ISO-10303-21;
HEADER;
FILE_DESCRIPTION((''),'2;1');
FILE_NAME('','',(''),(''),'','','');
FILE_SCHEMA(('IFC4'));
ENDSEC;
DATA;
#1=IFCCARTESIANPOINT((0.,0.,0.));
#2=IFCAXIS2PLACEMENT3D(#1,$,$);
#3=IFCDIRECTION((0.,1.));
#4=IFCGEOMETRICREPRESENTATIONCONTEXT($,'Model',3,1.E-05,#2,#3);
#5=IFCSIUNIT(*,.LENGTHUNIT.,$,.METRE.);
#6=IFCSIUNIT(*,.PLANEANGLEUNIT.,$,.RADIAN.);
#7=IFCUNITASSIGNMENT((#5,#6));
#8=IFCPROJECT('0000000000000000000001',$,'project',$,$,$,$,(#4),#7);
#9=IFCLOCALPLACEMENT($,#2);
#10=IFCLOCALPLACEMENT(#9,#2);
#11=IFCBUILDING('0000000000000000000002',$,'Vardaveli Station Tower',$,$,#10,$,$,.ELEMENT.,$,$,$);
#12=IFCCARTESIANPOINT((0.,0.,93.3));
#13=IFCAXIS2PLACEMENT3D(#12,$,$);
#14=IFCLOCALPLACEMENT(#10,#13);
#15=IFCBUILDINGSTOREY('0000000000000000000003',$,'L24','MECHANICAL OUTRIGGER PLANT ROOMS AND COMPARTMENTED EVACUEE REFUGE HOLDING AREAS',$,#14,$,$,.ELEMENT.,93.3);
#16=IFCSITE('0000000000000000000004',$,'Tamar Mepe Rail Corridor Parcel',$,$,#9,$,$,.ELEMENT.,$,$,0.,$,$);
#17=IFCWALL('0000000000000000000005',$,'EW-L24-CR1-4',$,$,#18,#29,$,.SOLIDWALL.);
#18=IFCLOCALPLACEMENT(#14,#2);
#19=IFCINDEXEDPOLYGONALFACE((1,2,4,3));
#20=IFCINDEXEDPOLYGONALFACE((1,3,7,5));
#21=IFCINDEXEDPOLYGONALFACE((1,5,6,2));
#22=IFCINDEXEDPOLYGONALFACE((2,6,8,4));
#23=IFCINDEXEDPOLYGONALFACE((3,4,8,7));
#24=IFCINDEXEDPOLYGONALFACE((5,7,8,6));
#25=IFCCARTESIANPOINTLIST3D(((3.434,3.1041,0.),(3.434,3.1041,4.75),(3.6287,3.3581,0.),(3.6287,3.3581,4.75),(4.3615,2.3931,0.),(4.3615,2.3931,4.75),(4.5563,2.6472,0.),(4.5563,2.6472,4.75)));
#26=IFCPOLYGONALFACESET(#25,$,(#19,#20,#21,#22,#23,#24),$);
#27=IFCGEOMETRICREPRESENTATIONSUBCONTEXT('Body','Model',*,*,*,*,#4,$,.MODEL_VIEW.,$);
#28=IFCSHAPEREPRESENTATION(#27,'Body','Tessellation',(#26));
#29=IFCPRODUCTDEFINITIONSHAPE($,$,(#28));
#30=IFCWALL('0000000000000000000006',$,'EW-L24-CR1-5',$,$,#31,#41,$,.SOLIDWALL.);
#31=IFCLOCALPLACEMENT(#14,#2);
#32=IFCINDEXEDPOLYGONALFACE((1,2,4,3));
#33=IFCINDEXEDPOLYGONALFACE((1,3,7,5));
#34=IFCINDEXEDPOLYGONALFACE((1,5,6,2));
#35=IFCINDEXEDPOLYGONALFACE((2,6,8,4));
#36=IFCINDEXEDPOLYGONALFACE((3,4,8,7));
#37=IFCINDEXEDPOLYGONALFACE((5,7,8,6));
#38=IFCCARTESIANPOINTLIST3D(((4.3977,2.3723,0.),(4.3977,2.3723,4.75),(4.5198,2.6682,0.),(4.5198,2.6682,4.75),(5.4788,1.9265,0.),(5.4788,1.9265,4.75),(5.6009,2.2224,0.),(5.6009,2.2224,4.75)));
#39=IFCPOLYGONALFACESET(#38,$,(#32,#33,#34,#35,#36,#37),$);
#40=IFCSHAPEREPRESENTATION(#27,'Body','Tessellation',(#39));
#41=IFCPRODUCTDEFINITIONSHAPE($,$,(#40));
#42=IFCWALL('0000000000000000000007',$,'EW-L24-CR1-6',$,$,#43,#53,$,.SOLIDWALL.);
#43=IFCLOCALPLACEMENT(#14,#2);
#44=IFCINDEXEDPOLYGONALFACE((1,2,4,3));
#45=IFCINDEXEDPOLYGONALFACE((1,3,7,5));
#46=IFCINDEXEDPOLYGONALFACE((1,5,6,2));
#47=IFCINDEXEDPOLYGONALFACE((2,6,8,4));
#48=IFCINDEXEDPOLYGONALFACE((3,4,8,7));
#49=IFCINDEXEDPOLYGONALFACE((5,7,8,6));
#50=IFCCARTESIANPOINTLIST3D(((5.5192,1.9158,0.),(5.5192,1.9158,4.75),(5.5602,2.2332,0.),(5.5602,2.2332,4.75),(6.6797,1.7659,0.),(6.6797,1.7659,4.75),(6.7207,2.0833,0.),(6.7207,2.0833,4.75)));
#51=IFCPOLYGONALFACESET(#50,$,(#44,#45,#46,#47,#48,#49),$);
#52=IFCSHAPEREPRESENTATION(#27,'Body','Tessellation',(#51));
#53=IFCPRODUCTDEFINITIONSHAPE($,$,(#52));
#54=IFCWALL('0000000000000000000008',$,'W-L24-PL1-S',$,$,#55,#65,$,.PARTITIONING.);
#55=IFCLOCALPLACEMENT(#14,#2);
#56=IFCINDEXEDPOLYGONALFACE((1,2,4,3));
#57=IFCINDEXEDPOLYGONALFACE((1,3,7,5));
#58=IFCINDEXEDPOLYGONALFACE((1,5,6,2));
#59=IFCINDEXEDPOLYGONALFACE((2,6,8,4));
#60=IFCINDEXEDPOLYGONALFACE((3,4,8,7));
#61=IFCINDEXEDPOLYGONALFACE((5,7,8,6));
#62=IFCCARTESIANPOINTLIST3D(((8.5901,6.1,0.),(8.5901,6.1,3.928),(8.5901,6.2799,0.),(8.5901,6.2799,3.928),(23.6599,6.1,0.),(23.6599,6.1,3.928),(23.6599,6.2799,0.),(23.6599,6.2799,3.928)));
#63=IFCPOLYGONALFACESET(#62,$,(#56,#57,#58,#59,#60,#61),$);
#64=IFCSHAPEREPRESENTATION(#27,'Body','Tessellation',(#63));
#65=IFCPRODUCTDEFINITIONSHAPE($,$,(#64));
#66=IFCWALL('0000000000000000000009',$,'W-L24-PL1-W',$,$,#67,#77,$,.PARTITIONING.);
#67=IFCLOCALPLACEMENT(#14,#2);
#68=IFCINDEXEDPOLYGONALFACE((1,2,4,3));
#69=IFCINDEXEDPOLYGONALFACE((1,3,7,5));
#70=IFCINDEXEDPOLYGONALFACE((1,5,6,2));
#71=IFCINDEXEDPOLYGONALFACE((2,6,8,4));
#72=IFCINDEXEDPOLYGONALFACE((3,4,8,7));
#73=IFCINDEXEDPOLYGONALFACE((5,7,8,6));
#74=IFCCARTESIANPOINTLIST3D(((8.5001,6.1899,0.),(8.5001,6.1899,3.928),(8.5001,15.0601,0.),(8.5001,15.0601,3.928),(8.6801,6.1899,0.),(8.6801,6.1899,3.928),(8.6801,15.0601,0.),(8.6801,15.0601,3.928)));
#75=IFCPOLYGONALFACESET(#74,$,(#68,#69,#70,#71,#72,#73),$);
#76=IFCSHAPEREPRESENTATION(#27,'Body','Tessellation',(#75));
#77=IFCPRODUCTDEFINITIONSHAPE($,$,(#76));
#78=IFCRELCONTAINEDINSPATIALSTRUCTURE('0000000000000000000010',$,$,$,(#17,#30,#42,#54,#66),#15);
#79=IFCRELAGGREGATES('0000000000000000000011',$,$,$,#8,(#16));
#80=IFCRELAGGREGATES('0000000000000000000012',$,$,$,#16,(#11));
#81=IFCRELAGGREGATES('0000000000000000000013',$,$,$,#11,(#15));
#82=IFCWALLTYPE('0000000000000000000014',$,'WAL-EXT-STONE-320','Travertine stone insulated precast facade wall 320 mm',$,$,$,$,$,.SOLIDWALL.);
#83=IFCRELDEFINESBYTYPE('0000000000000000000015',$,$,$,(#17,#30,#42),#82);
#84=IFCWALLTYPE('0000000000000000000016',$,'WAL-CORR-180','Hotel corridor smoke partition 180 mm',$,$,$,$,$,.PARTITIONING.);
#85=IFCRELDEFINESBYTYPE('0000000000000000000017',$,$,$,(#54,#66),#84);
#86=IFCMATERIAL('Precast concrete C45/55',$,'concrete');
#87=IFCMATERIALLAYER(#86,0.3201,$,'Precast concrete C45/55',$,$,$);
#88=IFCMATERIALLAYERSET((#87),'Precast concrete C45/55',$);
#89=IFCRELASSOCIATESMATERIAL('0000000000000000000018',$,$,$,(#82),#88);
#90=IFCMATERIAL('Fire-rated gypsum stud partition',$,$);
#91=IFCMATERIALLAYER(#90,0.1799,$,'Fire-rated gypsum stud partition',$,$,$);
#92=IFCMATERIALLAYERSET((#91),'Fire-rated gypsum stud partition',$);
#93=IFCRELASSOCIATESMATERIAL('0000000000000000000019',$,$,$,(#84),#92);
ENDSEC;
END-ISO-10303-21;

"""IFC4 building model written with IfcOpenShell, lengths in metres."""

from ifc_helpers import new_model, si_unit, direction, frame, frame_2d, origin, place, context, subcontext, project, spatial, rectangle, extrude, source, transform, mapped, material, layer, layer_set, type_object, element, save


model = new_model("IFC4")

# Units and contexts
model_context = context("Model", 3, precision=1e-05, world=origin(), true_north=direction((0.0, 1.0)))
body_context = subcontext(model_context, "Body", "Model", "MODEL_VIEW")
ifc_project = project(units=[si_unit("LENGTHUNIT", "METRE"), si_unit("PLANEANGLEUNIT", "RADIAN")], contexts=[model_context])

# Site, building, storey
site_placement = place(None, origin())
site = spatial("IfcSite", under=ifc_project, at=site_placement, Name="Tamar Mepe Rail Corridor Parcel", CompositionType="ELEMENT", RefElevation=0.0)
building_placement = place(site_placement, origin())
building = spatial("IfcBuilding", under=site, at=building_placement, Name="Vardaveli Station Tower", CompositionType="ELEMENT")
storey_placement = place(building_placement, frame((0.0, 0.0, 93.3)))
storey = spatial("IfcBuildingStorey", under=building, at=storey_placement, Name="L24", Description="MECHANICAL OUTRIGGER PLANT ROOMS AND COMPARTMENTED EVACUEE REFUGE HOLDING AREAS", CompositionType="ELEMENT", Elevation=93.3)

# Walls
ifc_material_1 = material(Name="Precast concrete C45/55", Category="concrete")
ifc_layer_1 = layer(ifc_material_1, 0.3201, Name="Precast concrete C45/55")
ifc_layer_set_1 = layer_set([ifc_layer_1], Name="Precast concrete C45/55")
wall_type_1 = type_object("IfcWallType", Name="WAL-EXT-STONE-320", Description="Travertine stone insulated precast facade wall 320 mm", PredefinedType="SOLIDWALL", material=ifc_layer_set_1)
shared_shape_1 = source(origin(), body_context, "Body", "SweptSolid", [
    extrude(rectangle(XDim=1.1687, YDim=0.3201, at=frame_2d((0.5845, 0.0))), origin(), (0.0, 0.0, 1.0), 4.75),
])
wall_1_placement = place(storey_placement, frame((3.5312, 3.2312, 0.0), z_axis=(0.0, 0.0, 1.0), x_axis=(0.793664, -0.608357, 0.0)))
element("IfcWall", 1, at=wall_1_placement, inside=storey, type_object=wall_type_1, Name="EW-L24-CR1-4", PredefinedType="SOLIDWALL", context=body_context, shape_type="MappedRepresentation", body=[
    mapped(shared_shape_1, transform((0.0, 0.0, 0.0), scale=1.0)),
])
shared_shape_2 = source(origin(), body_context, "Body", "SweptSolid", [
    extrude(rectangle(XDim=1.1694, YDim=0.3201, at=frame_2d((0.5847, 0.0))), origin(), (0.0, 0.0, 1.0), 4.75),
])
wall_2_placement = place(storey_placement, frame((4.4587, 2.5203, 0.0), z_axis=(0.0, 0.0, 1.0), x_axis=(0.924479, -0.381233, 0.0)))
element("IfcWall", 2, at=wall_2_placement, inside=storey, type_object=wall_type_1, Name="EW-L24-CR1-5", PredefinedType="SOLIDWALL", context=body_context, shape_type="MappedRepresentation", body=[
    mapped(shared_shape_2, transform((0.0, 0.0, 0.0), scale=1.0)),
])
shared_shape_3 = source(origin(), body_context, "Body", "SweptSolid", [
    extrude(rectangle(XDim=1.1702, YDim=0.3201, at=frame_2d((0.585, 0.0))), origin(), (0.0, 0.0, 1.0), 4.75),
])
wall_3_placement = place(storey_placement, frame((5.5398, 2.0745, 0.0), z_axis=(0.0, 0.0, 1.0), x_axis=(0.991762, -0.12809, 0.0)))
element("IfcWall", 3, at=wall_3_placement, inside=storey, type_object=wall_type_1, Name="EW-L24-CR1-6", PredefinedType="SOLIDWALL", context=body_context, shape_type="MappedRepresentation", body=[
    mapped(shared_shape_3, transform((0.0, 0.0, 0.0), scale=1.0)),
])
ifc_material_2 = material(Name="Fire-rated gypsum stud partition")
ifc_layer_2 = layer(ifc_material_2, 0.1799, Name="Fire-rated gypsum stud partition")
ifc_layer_set_2 = layer_set([ifc_layer_2], Name="Fire-rated gypsum stud partition")
wall_type_2 = type_object("IfcWallType", Name="WAL-CORR-180", Description="Hotel corridor smoke partition 180 mm", PredefinedType="PARTITIONING", material=ifc_layer_set_2)
shared_shape_4 = source(origin(), body_context, "Body", "SweptSolid", [
    extrude(rectangle(XDim=15.0698, YDim=0.1799, at=frame_2d((7.5349, 0.0))), origin(), (0.0, 0.0, 1.0), 3.928),
])
wall_4_placement = place(storey_placement, frame((8.5901, 6.1899, 0.0), z_axis=(0.0, 0.0, 1.0), x_axis=(1.0, 0.0, 0.0)))
element("IfcWall", 4, at=wall_4_placement, inside=storey, type_object=wall_type_2, Name="W-L24-PL1-S", PredefinedType="PARTITIONING", context=body_context, shape_type="MappedRepresentation", body=[
    mapped(shared_shape_4, transform((0.0, 0.0, 0.0), scale=1.0)),
])
shared_shape_5 = source(origin(), body_context, "Body", "SweptSolid", [
    extrude(rectangle(XDim=8.8701, YDim=0.1799, at=frame_2d((4.4351, 0.0))), origin(), (0.0, 0.0, 1.0), 3.928),
])
wall_5_placement = place(storey_placement, frame((8.5901, 6.1899, 0.0), z_axis=(0.0, 0.0, 1.0), x_axis=(0.0, 1.0, 0.0)))
element("IfcWall", 5, at=wall_5_placement, inside=storey, type_object=wall_type_2, Name="W-L24-PL1-W", PredefinedType="PARTITIONING", context=body_context, shape_type="MappedRepresentation", body=[
    mapped(shared_shape_5, transform((0.0, 0.0, 0.0), scale=1.0)),
])

save(model, "model.ifc")
